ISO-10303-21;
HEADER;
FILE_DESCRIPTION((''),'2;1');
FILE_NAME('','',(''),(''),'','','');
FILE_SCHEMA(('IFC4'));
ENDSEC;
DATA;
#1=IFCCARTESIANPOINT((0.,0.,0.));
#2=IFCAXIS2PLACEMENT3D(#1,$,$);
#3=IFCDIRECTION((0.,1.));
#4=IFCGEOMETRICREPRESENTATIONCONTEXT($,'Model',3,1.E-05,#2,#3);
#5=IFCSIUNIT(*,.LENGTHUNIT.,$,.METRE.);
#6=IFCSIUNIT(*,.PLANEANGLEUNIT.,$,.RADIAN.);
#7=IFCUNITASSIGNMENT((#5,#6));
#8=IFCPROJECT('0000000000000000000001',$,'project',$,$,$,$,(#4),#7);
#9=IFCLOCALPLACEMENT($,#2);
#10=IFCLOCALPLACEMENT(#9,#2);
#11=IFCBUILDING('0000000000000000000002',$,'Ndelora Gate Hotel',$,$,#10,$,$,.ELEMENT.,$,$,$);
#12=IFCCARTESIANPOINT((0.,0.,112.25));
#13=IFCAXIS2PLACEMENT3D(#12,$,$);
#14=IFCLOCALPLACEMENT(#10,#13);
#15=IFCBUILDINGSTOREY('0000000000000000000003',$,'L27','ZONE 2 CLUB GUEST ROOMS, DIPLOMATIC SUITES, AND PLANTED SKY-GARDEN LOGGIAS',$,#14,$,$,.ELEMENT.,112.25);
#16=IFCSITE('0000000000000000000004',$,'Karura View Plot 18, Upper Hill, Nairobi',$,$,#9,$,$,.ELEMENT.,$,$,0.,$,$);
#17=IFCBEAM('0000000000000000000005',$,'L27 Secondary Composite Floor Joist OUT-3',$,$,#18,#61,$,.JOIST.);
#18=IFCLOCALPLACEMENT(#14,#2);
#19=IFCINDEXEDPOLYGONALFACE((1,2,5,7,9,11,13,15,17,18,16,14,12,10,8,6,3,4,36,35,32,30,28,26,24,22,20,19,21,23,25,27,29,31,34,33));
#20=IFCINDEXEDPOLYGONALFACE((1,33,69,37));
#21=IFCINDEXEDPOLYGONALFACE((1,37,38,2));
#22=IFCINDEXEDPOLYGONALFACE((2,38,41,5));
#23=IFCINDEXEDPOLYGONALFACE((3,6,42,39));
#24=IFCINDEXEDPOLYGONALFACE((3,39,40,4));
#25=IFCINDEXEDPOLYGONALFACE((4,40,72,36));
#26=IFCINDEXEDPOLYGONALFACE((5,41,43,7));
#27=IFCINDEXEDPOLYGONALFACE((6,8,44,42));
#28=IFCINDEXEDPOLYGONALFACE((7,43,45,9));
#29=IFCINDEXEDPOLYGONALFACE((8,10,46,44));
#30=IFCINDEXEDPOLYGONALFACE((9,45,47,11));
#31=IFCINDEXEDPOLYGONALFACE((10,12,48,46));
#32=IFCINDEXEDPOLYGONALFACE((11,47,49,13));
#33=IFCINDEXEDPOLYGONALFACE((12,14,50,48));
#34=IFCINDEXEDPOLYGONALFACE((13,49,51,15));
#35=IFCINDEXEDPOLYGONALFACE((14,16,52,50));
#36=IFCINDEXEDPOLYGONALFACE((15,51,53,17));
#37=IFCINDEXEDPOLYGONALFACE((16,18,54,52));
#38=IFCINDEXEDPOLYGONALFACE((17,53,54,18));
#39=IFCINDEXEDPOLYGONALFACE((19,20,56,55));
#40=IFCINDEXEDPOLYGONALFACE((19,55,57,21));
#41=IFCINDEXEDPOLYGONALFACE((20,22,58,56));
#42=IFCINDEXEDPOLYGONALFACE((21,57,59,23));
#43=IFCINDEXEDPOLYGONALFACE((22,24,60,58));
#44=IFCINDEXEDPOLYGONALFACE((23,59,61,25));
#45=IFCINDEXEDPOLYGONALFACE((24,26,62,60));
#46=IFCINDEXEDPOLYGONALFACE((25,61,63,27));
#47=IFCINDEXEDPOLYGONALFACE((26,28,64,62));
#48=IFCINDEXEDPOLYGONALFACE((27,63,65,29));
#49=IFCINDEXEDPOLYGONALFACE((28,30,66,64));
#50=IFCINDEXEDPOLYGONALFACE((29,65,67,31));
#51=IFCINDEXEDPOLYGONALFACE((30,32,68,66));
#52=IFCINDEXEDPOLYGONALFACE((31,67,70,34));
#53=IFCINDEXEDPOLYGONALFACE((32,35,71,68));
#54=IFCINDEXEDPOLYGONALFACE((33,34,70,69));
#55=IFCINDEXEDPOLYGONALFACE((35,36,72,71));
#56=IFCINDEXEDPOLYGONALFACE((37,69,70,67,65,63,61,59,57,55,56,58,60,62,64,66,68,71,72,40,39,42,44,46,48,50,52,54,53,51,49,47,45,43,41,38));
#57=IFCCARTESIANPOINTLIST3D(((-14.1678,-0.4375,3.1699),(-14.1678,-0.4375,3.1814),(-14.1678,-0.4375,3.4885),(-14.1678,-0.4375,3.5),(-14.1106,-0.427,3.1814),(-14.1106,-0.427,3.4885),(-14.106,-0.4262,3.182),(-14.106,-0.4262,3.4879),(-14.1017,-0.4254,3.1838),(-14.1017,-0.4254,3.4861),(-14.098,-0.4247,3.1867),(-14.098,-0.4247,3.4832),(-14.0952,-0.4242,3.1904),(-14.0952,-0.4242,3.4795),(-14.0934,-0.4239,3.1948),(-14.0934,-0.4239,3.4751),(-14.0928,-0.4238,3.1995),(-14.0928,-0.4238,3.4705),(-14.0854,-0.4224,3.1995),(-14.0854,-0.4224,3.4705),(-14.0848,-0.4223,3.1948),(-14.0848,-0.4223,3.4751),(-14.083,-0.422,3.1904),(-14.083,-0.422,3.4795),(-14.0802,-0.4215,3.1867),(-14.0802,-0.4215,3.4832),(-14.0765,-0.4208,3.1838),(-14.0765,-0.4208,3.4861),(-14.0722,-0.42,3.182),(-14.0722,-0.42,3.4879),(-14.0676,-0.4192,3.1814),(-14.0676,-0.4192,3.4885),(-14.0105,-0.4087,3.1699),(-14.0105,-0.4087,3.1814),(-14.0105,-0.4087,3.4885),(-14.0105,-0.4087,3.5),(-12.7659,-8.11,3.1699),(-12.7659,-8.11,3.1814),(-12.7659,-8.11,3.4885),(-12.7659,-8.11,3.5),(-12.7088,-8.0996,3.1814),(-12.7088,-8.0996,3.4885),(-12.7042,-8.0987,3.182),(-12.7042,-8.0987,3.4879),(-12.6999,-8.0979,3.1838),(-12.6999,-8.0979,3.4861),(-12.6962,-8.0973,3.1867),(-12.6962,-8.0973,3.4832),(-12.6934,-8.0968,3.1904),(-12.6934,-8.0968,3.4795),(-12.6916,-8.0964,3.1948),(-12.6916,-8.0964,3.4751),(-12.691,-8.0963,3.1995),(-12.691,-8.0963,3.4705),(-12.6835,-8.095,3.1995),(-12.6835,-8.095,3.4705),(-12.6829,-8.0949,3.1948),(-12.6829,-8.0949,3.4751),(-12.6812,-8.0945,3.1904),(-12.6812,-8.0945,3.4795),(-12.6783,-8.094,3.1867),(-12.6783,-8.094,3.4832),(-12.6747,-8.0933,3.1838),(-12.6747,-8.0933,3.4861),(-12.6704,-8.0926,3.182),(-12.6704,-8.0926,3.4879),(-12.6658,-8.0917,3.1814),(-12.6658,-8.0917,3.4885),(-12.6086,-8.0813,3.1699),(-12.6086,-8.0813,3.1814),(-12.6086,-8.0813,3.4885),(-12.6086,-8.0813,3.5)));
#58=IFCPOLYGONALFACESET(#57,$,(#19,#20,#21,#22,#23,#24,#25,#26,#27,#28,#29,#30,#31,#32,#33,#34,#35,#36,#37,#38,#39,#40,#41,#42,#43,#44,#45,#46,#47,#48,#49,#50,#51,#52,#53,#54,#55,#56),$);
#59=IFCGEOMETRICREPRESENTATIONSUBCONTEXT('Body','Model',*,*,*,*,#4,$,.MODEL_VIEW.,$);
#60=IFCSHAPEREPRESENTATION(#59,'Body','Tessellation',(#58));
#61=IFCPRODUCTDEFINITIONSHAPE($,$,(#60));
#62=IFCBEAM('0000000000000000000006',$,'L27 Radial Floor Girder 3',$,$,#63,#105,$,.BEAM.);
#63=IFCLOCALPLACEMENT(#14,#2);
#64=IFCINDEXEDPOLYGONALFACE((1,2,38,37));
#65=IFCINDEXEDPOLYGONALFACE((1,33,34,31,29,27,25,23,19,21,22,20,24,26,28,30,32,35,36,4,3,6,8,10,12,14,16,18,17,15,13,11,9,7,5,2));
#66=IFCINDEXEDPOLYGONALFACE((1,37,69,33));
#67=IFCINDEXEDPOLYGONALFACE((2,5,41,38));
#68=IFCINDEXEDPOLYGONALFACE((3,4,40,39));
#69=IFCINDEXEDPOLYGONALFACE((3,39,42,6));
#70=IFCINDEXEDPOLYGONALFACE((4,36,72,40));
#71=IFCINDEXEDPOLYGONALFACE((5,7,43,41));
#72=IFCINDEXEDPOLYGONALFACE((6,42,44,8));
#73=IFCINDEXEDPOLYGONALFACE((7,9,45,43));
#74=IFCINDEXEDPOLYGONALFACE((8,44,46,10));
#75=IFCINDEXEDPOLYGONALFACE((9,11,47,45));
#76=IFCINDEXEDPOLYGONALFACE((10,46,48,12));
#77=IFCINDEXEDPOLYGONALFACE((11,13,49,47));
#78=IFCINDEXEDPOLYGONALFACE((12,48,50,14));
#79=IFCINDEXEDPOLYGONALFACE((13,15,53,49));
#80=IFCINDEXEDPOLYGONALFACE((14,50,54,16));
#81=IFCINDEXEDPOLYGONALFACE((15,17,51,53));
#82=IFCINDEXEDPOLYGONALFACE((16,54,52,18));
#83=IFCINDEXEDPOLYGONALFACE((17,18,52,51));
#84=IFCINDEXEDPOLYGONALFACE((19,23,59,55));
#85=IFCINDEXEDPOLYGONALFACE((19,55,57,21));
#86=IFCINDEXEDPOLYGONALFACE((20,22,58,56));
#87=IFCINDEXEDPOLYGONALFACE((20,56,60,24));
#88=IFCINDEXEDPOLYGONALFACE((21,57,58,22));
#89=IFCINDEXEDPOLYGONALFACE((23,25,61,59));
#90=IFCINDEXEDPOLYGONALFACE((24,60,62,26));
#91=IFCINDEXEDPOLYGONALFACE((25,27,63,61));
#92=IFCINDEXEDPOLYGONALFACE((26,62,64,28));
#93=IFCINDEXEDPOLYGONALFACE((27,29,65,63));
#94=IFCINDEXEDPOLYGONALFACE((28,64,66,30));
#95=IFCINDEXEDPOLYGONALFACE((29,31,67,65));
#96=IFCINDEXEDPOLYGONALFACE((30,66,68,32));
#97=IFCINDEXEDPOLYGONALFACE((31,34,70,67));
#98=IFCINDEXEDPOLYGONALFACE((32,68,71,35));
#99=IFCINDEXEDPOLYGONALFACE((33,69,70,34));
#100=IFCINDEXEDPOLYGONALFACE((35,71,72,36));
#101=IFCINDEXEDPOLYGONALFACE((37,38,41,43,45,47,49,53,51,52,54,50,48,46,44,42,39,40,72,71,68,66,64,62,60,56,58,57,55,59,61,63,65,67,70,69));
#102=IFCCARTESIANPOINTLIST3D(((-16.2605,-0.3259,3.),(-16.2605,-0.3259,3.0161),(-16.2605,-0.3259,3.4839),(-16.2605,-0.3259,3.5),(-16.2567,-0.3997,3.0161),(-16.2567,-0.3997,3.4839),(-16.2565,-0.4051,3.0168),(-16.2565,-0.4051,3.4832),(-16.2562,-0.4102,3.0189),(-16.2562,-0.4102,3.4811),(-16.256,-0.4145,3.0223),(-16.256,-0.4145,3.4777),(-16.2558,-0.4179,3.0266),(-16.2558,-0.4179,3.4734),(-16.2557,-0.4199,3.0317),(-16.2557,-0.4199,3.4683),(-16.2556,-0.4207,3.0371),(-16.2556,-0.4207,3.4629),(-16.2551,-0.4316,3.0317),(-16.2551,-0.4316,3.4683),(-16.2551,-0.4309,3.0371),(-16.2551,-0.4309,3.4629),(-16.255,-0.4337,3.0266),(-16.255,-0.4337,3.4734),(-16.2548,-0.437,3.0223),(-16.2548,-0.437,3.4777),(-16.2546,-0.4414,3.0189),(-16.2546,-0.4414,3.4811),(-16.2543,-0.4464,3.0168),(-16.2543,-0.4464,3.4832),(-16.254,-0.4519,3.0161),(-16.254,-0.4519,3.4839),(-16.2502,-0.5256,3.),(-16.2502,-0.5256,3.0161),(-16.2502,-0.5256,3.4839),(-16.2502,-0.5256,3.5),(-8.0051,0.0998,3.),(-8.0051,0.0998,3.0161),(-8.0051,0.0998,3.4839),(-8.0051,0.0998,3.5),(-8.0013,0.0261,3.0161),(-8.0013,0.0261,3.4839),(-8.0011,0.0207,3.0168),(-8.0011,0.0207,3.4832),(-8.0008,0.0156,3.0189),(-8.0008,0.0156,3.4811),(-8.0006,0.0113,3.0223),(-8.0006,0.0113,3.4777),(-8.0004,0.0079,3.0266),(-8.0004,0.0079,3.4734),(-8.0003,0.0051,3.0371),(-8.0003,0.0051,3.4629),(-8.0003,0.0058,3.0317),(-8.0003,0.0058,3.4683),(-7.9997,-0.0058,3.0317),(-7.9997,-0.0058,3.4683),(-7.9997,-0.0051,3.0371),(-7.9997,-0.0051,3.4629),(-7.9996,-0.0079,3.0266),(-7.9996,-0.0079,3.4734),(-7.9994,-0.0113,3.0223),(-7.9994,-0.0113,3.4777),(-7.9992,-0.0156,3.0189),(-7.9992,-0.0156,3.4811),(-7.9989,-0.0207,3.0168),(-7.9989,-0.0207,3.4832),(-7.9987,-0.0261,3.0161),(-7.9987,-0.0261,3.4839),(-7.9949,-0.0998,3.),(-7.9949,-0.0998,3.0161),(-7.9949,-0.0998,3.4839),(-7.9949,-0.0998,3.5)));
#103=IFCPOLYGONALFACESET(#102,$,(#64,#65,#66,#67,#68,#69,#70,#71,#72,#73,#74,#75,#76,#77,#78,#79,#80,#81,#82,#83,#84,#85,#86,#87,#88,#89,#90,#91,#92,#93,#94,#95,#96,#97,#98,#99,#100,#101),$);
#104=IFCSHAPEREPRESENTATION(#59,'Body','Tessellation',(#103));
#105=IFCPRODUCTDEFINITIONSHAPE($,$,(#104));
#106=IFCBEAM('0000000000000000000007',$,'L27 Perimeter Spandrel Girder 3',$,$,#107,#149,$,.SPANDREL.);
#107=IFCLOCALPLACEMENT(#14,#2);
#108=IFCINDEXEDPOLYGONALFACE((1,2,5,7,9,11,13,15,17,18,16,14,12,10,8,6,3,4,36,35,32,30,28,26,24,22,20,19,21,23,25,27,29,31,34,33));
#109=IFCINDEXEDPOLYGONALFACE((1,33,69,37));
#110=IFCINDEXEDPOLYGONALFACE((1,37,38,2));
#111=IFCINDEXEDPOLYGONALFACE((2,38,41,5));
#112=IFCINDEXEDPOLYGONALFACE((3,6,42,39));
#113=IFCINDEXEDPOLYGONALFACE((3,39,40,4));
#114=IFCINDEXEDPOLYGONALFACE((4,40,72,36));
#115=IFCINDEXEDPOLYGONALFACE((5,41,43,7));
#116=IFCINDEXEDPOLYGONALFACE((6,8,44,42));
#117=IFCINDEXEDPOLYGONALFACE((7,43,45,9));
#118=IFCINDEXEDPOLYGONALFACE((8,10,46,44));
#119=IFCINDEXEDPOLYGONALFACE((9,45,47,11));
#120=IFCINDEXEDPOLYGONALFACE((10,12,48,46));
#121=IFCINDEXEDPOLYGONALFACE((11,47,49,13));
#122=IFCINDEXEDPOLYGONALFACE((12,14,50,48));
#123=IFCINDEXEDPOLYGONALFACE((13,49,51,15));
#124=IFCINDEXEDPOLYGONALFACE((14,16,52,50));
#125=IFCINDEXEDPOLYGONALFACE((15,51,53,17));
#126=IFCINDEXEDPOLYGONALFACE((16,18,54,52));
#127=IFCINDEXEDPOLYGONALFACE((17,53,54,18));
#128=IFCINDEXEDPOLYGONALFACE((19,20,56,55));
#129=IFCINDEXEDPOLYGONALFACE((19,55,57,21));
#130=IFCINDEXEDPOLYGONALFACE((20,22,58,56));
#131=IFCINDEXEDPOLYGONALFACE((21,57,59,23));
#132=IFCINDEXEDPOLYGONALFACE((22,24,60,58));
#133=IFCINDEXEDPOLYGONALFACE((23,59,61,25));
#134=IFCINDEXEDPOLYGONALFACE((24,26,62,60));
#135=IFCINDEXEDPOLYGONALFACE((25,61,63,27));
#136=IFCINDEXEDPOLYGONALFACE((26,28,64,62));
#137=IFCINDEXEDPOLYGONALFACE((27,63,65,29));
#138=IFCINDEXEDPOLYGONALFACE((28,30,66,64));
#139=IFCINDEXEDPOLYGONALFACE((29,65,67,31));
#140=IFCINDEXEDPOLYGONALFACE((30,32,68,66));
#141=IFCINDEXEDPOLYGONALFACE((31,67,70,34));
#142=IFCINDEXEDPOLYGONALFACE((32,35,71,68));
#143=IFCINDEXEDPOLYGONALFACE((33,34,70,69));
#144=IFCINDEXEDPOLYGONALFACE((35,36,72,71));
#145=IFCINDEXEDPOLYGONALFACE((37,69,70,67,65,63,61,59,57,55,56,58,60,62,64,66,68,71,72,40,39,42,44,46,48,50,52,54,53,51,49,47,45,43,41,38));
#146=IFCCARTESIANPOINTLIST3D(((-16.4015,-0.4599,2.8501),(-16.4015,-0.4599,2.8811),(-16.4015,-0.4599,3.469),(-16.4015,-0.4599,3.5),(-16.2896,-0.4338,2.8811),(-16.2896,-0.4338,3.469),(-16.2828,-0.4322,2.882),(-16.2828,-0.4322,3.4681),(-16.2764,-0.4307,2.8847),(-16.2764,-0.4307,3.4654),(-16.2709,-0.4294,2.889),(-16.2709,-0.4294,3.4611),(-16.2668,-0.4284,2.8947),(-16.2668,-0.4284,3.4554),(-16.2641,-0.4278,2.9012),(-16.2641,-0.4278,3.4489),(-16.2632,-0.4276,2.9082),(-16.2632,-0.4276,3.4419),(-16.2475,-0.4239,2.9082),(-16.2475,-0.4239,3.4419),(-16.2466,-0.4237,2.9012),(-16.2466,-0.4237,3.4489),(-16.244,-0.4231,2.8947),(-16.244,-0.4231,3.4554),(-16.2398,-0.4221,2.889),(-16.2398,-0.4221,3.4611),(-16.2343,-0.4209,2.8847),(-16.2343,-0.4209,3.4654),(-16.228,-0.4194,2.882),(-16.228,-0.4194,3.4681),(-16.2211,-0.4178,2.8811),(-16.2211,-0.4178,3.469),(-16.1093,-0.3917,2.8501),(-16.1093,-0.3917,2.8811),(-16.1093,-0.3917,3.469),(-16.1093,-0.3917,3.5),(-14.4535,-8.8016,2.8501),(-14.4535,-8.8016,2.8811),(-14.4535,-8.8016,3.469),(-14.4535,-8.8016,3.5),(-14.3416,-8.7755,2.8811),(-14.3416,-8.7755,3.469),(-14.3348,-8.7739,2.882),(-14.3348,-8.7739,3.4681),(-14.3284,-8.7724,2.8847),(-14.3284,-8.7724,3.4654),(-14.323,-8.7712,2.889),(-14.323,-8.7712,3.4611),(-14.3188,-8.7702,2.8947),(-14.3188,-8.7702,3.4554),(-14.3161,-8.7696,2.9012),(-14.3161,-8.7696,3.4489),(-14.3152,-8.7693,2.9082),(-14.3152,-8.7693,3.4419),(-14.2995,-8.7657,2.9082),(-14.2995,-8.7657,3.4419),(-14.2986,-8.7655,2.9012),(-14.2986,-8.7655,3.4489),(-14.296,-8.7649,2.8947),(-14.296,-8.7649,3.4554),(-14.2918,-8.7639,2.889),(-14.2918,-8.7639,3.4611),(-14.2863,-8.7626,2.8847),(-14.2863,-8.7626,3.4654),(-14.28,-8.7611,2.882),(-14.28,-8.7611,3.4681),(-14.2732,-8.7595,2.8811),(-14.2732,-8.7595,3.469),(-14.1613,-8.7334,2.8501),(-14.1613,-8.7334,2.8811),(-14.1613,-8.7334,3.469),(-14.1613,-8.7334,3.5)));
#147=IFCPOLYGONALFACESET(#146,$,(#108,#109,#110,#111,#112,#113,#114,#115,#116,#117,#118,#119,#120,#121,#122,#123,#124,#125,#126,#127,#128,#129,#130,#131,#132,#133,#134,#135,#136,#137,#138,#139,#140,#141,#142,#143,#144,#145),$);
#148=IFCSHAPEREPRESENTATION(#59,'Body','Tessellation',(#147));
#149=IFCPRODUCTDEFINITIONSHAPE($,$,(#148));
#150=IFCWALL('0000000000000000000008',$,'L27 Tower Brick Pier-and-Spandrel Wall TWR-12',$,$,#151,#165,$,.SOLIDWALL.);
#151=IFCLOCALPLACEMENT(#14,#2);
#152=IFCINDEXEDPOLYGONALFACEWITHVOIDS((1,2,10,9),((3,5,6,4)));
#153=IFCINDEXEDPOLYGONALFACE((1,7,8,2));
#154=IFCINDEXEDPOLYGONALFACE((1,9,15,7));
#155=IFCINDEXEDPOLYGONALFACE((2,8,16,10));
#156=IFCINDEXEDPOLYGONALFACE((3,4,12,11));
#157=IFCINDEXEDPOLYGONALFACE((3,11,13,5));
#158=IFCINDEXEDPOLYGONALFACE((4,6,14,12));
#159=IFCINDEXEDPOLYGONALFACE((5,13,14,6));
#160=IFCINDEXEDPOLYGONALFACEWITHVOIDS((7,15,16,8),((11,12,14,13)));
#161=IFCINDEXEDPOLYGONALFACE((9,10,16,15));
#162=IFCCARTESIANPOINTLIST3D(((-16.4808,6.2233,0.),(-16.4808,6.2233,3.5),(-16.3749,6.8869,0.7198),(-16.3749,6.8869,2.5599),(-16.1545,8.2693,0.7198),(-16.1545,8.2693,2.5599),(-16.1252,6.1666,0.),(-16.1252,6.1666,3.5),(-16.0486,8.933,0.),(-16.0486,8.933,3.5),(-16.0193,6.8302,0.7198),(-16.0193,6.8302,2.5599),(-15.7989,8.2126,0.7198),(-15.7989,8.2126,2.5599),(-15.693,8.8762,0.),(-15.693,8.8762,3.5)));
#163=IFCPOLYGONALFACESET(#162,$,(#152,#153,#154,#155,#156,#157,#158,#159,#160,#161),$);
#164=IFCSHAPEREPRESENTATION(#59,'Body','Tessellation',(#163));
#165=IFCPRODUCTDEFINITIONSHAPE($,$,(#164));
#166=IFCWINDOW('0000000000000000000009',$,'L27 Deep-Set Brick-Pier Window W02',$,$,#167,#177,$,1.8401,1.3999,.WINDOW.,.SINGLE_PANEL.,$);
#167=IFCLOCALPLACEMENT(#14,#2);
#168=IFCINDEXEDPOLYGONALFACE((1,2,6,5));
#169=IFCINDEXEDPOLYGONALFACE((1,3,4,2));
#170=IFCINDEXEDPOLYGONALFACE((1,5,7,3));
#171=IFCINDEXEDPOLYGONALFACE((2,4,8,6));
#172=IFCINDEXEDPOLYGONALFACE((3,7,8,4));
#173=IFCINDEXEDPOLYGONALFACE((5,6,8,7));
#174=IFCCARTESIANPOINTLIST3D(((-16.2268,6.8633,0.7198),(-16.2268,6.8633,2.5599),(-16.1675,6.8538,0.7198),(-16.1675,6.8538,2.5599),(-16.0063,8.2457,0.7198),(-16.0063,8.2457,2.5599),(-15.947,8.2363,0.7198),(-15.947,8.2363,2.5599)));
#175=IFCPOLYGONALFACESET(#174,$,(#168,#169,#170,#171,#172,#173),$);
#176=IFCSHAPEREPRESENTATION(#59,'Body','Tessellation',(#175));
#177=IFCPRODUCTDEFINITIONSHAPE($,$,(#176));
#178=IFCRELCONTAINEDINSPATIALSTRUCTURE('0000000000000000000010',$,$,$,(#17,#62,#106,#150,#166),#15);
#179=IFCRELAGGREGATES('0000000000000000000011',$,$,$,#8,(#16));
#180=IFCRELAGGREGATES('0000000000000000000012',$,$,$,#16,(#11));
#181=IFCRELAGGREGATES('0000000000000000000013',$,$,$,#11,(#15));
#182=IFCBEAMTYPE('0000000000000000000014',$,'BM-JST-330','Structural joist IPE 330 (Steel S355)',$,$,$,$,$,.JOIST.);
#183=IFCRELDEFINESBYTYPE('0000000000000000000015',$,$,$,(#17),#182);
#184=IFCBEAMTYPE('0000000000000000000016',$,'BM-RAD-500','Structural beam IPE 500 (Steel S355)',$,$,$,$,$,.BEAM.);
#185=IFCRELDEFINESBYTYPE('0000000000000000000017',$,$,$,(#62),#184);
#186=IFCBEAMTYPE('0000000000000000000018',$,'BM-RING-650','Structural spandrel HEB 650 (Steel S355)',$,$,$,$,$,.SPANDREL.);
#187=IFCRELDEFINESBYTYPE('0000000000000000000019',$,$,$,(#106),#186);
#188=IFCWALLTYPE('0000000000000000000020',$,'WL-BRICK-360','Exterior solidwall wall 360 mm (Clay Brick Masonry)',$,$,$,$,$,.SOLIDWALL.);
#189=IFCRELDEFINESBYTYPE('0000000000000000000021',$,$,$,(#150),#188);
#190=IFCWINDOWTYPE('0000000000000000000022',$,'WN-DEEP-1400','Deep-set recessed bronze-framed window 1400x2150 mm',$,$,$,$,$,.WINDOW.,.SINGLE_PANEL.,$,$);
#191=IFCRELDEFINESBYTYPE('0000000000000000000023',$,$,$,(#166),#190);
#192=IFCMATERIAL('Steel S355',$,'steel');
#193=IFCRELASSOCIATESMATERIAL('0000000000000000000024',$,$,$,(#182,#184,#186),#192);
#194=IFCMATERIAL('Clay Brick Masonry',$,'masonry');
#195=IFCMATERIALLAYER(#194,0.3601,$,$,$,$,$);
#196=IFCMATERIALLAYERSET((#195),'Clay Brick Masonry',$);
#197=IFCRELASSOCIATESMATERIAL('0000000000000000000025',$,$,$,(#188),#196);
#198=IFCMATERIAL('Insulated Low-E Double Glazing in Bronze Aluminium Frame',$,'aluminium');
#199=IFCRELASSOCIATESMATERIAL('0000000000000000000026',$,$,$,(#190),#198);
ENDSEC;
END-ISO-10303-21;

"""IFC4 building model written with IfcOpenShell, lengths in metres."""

from ifc_helpers import new_model, si_unit, direction, frame, frame_2d, origin, origin_2d, place, context, subcontext, project, spatial, rectangle, i_section, extrude, material, layer, layer_set, material_profile, profile_set, type_object, element, fill, save


model = new_model("IFC4")

# Units and contexts
model_context = context("Model", 3, precision=1e-05, world=origin(), true_north=direction((0.0, 1.0)))
body_context = subcontext(model_context, "Body", "Model", "MODEL_VIEW")
ifc_project = project(units=[si_unit("LENGTHUNIT", "METRE"), si_unit("PLANEANGLEUNIT", "RADIAN")], contexts=[model_context])

# Site, building, storey
site_placement = place(None, origin())
site = spatial("IfcSite", under=ifc_project, at=site_placement, Name="Karura View Plot 18, Upper Hill, Nairobi", CompositionType="ELEMENT", RefElevation=0.0)
building_placement = place(site_placement, origin())
building = spatial("IfcBuilding", under=site, at=building_placement, Name="Ndelora Gate Hotel", CompositionType="ELEMENT")
storey_placement = place(building_placement, frame((0.0, 0.0, 112.25)))
storey = spatial("IfcBuildingStorey", under=building, at=storey_placement, Name="L27", Description="ZONE 2 CLUB GUEST ROOMS, DIPLOMATIC SUITES, AND PLANTED SKY-GARDEN LOGGIAS", CompositionType="ELEMENT", Elevation=112.25)

# Beams
ifc_material_1 = material(Name="Steel S355", Category="steel")
ifc_material_profile_1 = material_profile(ifc_material_1, i_section(OverallWidth=0.1599, OverallDepth=0.3301, WebThickness=0.0076, FlangeThickness=0.0115, FilletRadius=0.0181, at=origin_2d()), Name="IPE 330")
ifc_profile_set_1 = profile_set([ifc_material_profile_1], Name="Steel S355")
beam_type_1 = type_object("IfcBeamType", Name="BM-JST-330", Description="Structural joist IPE 330 (Steel S355)", PredefinedType="JOIST", material=ifc_profile_set_1)
beam_1_placement = place(storey_placement, frame((-14.0891, -0.4231, 3.335), z_axis=(0.179734, -0.983715, 0.0), x_axis=(0.983715, 0.179734, 0.0)))
element("IfcBeam", 1, at=beam_1_placement, inside=storey, type_object=beam_type_1, Name="L27 Secondary Composite Floor Joist OUT-3", PredefinedType="JOIST", context=body_context, shape_type="SweptSolid", body=[
    extrude(i_section(OverallWidth=0.1599, OverallDepth=0.3301, WebThickness=0.0076, FlangeThickness=0.0115, FilletRadius=0.0181, at=origin_2d()), origin(), (0.0, 0.0, 1.0), 7.7996),
])
ifc_material_profile_2 = material_profile(ifc_material_1, i_section(OverallWidth=0.2, OverallDepth=0.5, WebThickness=0.0103, FlangeThickness=0.0161, FilletRadius=0.021, at=origin_2d()), Name="IPE 500")
ifc_profile_set_2 = profile_set([ifc_material_profile_2], Name="Steel S355")
beam_type_2 = type_object("IfcBeamType", Name="BM-RAD-500", Description="Structural beam IPE 500 (Steel S355)", PredefinedType="BEAM", material=ifc_profile_set_2)
beam_2_placement = place(storey_placement, frame((-8.0, 0.0, 3.25), z_axis=(-0.998673, -0.051508, 0.0), x_axis=(0.051508, -0.998673, 0.0)))
element("IfcBeam", 2, at=beam_2_placement, inside=storey, type_object=beam_type_2, Name="L27 Radial Floor Girder 3", PredefinedType="BEAM", context=body_context, shape_type="SweptSolid", body=[
    extrude(i_section(OverallWidth=0.2, OverallDepth=0.5, WebThickness=0.0103, FlangeThickness=0.0161, FilletRadius=0.021, at=origin_2d()), origin(), (0.0, 0.0, 1.0), 8.2664),
])
ifc_material_profile_3 = material_profile(ifc_material_1, i_section(OverallWidth=0.3, OverallDepth=0.6499, WebThickness=0.0161, FlangeThickness=0.031, FilletRadius=0.0271, at=origin_2d()), Name="HEB 650")
ifc_profile_set_3 = profile_set([ifc_material_profile_3], Name="Steel S355")
beam_type_3 = type_object("IfcBeamType", Name="BM-RING-650", Description="Structural spandrel HEB 650 (Steel S355)", PredefinedType="SPANDREL", material=ifc_profile_set_3)
beam_3_placement = place(storey_placement, frame((-16.2554, -0.4258, 3.175), z_axis=(0.227404, -0.9738, 0.0), x_axis=(0.9738, 0.227404, 0.0)))
element("IfcBeam", 3, at=beam_3_placement, inside=storey, type_object=beam_type_3, Name="L27 Perimeter Spandrel Girder 3", PredefinedType="SPANDREL", context=body_context, shape_type="SweptSolid", body=[
    extrude(i_section(OverallWidth=0.3, OverallDepth=0.6499, WebThickness=0.0161, FlangeThickness=0.031, FilletRadius=0.0271, at=origin_2d()), origin(), (0.0, 0.0, 1.0), 8.5662),
])

# Wall, opening, window
ifc_material_2 = material(Name="Clay Brick Masonry", Category="masonry")
ifc_layer_1 = layer(ifc_material_2, 0.3601)
ifc_layer_set_1 = layer_set([ifc_layer_1], Name="Clay Brick Masonry")
wall_type_1 = type_object("IfcWallType", Name="WL-BRICK-360", Description="Exterior solidwall wall 360 mm (Clay Brick Masonry)", PredefinedType="SOLIDWALL", material=ifc_layer_set_1)
wall_1_placement = place(storey_placement, frame((-16.303, 6.1948, 0.0), z_axis=(0.0, 0.0, 1.0), x_axis=(0.157484, 0.987522, 0.0)))
wall_1 = element("IfcWall", 4, at=wall_1_placement, inside=storey, type_object=wall_type_1, Name="L27 Tower Brick Pier-and-Spandrel Wall TWR-12", PredefinedType="SOLIDWALL", context=body_context, shape_type="SweptSolid", body=[
    extrude(rectangle(XDim=2.7439, YDim=0.3601, at=frame_2d((1.3721, 0.0))), origin(), (0.0, 0.0, 1.0), 3.5),
])
opening_1_placement = place(wall_1_placement, frame((0.6721, 0.0, 0.72)))
opening_1 = element("IfcOpeningElement", 5, at=opening_1_placement, cuts=wall_1, PredefinedType="OPENING", context=body_context, shape_type="SweptSolid", body=[
    extrude(rectangle(XDim=1.3999, YDim=1.8401, at=frame_2d((0.7, 0.9199))), frame((0.0, 0.1899, 0.0), z_axis=(0.0, -1.0, 0.0), x_axis=(1.0, 0.0, 0.0)), (0.0, 0.0, 1.0), 0.3801),
])
ifc_material_3 = material(Name="Insulated Low-E Double Glazing in Bronze Aluminium Frame", Category="aluminium")
window_type = type_object("IfcWindowType", Name="WN-DEEP-1400", Description="Deep-set recessed bronze-framed window 1400x2150 mm", PartitioningType="SINGLE_PANEL", PredefinedType="WINDOW", material=ifc_material_3)
window_1_placement = place(opening_1_placement, origin())
window_1 = element("IfcWindow", 6, at=window_1_placement, inside=storey, type_object=window_type, Name="L27 Deep-Set Brick-Pier Window W02", OverallHeight=1.8401, OverallWidth=1.3999, PartitioningType="SINGLE_PANEL", PredefinedType="WINDOW", context=body_context, shape_type="SweptSolid", body=[
    extrude(rectangle(XDim=1.3999, YDim=1.8401, at=frame_2d((0.7, 0.9199))), frame((0.0, 0.03, 0.0), z_axis=(0.0, -1.0, 0.0), x_axis=(1.0, 0.0, 0.0)), (0.0, 0.0, 1.0), 0.0601),
])
fill(opening_1, window_1)

save(model, "model.ifc")
